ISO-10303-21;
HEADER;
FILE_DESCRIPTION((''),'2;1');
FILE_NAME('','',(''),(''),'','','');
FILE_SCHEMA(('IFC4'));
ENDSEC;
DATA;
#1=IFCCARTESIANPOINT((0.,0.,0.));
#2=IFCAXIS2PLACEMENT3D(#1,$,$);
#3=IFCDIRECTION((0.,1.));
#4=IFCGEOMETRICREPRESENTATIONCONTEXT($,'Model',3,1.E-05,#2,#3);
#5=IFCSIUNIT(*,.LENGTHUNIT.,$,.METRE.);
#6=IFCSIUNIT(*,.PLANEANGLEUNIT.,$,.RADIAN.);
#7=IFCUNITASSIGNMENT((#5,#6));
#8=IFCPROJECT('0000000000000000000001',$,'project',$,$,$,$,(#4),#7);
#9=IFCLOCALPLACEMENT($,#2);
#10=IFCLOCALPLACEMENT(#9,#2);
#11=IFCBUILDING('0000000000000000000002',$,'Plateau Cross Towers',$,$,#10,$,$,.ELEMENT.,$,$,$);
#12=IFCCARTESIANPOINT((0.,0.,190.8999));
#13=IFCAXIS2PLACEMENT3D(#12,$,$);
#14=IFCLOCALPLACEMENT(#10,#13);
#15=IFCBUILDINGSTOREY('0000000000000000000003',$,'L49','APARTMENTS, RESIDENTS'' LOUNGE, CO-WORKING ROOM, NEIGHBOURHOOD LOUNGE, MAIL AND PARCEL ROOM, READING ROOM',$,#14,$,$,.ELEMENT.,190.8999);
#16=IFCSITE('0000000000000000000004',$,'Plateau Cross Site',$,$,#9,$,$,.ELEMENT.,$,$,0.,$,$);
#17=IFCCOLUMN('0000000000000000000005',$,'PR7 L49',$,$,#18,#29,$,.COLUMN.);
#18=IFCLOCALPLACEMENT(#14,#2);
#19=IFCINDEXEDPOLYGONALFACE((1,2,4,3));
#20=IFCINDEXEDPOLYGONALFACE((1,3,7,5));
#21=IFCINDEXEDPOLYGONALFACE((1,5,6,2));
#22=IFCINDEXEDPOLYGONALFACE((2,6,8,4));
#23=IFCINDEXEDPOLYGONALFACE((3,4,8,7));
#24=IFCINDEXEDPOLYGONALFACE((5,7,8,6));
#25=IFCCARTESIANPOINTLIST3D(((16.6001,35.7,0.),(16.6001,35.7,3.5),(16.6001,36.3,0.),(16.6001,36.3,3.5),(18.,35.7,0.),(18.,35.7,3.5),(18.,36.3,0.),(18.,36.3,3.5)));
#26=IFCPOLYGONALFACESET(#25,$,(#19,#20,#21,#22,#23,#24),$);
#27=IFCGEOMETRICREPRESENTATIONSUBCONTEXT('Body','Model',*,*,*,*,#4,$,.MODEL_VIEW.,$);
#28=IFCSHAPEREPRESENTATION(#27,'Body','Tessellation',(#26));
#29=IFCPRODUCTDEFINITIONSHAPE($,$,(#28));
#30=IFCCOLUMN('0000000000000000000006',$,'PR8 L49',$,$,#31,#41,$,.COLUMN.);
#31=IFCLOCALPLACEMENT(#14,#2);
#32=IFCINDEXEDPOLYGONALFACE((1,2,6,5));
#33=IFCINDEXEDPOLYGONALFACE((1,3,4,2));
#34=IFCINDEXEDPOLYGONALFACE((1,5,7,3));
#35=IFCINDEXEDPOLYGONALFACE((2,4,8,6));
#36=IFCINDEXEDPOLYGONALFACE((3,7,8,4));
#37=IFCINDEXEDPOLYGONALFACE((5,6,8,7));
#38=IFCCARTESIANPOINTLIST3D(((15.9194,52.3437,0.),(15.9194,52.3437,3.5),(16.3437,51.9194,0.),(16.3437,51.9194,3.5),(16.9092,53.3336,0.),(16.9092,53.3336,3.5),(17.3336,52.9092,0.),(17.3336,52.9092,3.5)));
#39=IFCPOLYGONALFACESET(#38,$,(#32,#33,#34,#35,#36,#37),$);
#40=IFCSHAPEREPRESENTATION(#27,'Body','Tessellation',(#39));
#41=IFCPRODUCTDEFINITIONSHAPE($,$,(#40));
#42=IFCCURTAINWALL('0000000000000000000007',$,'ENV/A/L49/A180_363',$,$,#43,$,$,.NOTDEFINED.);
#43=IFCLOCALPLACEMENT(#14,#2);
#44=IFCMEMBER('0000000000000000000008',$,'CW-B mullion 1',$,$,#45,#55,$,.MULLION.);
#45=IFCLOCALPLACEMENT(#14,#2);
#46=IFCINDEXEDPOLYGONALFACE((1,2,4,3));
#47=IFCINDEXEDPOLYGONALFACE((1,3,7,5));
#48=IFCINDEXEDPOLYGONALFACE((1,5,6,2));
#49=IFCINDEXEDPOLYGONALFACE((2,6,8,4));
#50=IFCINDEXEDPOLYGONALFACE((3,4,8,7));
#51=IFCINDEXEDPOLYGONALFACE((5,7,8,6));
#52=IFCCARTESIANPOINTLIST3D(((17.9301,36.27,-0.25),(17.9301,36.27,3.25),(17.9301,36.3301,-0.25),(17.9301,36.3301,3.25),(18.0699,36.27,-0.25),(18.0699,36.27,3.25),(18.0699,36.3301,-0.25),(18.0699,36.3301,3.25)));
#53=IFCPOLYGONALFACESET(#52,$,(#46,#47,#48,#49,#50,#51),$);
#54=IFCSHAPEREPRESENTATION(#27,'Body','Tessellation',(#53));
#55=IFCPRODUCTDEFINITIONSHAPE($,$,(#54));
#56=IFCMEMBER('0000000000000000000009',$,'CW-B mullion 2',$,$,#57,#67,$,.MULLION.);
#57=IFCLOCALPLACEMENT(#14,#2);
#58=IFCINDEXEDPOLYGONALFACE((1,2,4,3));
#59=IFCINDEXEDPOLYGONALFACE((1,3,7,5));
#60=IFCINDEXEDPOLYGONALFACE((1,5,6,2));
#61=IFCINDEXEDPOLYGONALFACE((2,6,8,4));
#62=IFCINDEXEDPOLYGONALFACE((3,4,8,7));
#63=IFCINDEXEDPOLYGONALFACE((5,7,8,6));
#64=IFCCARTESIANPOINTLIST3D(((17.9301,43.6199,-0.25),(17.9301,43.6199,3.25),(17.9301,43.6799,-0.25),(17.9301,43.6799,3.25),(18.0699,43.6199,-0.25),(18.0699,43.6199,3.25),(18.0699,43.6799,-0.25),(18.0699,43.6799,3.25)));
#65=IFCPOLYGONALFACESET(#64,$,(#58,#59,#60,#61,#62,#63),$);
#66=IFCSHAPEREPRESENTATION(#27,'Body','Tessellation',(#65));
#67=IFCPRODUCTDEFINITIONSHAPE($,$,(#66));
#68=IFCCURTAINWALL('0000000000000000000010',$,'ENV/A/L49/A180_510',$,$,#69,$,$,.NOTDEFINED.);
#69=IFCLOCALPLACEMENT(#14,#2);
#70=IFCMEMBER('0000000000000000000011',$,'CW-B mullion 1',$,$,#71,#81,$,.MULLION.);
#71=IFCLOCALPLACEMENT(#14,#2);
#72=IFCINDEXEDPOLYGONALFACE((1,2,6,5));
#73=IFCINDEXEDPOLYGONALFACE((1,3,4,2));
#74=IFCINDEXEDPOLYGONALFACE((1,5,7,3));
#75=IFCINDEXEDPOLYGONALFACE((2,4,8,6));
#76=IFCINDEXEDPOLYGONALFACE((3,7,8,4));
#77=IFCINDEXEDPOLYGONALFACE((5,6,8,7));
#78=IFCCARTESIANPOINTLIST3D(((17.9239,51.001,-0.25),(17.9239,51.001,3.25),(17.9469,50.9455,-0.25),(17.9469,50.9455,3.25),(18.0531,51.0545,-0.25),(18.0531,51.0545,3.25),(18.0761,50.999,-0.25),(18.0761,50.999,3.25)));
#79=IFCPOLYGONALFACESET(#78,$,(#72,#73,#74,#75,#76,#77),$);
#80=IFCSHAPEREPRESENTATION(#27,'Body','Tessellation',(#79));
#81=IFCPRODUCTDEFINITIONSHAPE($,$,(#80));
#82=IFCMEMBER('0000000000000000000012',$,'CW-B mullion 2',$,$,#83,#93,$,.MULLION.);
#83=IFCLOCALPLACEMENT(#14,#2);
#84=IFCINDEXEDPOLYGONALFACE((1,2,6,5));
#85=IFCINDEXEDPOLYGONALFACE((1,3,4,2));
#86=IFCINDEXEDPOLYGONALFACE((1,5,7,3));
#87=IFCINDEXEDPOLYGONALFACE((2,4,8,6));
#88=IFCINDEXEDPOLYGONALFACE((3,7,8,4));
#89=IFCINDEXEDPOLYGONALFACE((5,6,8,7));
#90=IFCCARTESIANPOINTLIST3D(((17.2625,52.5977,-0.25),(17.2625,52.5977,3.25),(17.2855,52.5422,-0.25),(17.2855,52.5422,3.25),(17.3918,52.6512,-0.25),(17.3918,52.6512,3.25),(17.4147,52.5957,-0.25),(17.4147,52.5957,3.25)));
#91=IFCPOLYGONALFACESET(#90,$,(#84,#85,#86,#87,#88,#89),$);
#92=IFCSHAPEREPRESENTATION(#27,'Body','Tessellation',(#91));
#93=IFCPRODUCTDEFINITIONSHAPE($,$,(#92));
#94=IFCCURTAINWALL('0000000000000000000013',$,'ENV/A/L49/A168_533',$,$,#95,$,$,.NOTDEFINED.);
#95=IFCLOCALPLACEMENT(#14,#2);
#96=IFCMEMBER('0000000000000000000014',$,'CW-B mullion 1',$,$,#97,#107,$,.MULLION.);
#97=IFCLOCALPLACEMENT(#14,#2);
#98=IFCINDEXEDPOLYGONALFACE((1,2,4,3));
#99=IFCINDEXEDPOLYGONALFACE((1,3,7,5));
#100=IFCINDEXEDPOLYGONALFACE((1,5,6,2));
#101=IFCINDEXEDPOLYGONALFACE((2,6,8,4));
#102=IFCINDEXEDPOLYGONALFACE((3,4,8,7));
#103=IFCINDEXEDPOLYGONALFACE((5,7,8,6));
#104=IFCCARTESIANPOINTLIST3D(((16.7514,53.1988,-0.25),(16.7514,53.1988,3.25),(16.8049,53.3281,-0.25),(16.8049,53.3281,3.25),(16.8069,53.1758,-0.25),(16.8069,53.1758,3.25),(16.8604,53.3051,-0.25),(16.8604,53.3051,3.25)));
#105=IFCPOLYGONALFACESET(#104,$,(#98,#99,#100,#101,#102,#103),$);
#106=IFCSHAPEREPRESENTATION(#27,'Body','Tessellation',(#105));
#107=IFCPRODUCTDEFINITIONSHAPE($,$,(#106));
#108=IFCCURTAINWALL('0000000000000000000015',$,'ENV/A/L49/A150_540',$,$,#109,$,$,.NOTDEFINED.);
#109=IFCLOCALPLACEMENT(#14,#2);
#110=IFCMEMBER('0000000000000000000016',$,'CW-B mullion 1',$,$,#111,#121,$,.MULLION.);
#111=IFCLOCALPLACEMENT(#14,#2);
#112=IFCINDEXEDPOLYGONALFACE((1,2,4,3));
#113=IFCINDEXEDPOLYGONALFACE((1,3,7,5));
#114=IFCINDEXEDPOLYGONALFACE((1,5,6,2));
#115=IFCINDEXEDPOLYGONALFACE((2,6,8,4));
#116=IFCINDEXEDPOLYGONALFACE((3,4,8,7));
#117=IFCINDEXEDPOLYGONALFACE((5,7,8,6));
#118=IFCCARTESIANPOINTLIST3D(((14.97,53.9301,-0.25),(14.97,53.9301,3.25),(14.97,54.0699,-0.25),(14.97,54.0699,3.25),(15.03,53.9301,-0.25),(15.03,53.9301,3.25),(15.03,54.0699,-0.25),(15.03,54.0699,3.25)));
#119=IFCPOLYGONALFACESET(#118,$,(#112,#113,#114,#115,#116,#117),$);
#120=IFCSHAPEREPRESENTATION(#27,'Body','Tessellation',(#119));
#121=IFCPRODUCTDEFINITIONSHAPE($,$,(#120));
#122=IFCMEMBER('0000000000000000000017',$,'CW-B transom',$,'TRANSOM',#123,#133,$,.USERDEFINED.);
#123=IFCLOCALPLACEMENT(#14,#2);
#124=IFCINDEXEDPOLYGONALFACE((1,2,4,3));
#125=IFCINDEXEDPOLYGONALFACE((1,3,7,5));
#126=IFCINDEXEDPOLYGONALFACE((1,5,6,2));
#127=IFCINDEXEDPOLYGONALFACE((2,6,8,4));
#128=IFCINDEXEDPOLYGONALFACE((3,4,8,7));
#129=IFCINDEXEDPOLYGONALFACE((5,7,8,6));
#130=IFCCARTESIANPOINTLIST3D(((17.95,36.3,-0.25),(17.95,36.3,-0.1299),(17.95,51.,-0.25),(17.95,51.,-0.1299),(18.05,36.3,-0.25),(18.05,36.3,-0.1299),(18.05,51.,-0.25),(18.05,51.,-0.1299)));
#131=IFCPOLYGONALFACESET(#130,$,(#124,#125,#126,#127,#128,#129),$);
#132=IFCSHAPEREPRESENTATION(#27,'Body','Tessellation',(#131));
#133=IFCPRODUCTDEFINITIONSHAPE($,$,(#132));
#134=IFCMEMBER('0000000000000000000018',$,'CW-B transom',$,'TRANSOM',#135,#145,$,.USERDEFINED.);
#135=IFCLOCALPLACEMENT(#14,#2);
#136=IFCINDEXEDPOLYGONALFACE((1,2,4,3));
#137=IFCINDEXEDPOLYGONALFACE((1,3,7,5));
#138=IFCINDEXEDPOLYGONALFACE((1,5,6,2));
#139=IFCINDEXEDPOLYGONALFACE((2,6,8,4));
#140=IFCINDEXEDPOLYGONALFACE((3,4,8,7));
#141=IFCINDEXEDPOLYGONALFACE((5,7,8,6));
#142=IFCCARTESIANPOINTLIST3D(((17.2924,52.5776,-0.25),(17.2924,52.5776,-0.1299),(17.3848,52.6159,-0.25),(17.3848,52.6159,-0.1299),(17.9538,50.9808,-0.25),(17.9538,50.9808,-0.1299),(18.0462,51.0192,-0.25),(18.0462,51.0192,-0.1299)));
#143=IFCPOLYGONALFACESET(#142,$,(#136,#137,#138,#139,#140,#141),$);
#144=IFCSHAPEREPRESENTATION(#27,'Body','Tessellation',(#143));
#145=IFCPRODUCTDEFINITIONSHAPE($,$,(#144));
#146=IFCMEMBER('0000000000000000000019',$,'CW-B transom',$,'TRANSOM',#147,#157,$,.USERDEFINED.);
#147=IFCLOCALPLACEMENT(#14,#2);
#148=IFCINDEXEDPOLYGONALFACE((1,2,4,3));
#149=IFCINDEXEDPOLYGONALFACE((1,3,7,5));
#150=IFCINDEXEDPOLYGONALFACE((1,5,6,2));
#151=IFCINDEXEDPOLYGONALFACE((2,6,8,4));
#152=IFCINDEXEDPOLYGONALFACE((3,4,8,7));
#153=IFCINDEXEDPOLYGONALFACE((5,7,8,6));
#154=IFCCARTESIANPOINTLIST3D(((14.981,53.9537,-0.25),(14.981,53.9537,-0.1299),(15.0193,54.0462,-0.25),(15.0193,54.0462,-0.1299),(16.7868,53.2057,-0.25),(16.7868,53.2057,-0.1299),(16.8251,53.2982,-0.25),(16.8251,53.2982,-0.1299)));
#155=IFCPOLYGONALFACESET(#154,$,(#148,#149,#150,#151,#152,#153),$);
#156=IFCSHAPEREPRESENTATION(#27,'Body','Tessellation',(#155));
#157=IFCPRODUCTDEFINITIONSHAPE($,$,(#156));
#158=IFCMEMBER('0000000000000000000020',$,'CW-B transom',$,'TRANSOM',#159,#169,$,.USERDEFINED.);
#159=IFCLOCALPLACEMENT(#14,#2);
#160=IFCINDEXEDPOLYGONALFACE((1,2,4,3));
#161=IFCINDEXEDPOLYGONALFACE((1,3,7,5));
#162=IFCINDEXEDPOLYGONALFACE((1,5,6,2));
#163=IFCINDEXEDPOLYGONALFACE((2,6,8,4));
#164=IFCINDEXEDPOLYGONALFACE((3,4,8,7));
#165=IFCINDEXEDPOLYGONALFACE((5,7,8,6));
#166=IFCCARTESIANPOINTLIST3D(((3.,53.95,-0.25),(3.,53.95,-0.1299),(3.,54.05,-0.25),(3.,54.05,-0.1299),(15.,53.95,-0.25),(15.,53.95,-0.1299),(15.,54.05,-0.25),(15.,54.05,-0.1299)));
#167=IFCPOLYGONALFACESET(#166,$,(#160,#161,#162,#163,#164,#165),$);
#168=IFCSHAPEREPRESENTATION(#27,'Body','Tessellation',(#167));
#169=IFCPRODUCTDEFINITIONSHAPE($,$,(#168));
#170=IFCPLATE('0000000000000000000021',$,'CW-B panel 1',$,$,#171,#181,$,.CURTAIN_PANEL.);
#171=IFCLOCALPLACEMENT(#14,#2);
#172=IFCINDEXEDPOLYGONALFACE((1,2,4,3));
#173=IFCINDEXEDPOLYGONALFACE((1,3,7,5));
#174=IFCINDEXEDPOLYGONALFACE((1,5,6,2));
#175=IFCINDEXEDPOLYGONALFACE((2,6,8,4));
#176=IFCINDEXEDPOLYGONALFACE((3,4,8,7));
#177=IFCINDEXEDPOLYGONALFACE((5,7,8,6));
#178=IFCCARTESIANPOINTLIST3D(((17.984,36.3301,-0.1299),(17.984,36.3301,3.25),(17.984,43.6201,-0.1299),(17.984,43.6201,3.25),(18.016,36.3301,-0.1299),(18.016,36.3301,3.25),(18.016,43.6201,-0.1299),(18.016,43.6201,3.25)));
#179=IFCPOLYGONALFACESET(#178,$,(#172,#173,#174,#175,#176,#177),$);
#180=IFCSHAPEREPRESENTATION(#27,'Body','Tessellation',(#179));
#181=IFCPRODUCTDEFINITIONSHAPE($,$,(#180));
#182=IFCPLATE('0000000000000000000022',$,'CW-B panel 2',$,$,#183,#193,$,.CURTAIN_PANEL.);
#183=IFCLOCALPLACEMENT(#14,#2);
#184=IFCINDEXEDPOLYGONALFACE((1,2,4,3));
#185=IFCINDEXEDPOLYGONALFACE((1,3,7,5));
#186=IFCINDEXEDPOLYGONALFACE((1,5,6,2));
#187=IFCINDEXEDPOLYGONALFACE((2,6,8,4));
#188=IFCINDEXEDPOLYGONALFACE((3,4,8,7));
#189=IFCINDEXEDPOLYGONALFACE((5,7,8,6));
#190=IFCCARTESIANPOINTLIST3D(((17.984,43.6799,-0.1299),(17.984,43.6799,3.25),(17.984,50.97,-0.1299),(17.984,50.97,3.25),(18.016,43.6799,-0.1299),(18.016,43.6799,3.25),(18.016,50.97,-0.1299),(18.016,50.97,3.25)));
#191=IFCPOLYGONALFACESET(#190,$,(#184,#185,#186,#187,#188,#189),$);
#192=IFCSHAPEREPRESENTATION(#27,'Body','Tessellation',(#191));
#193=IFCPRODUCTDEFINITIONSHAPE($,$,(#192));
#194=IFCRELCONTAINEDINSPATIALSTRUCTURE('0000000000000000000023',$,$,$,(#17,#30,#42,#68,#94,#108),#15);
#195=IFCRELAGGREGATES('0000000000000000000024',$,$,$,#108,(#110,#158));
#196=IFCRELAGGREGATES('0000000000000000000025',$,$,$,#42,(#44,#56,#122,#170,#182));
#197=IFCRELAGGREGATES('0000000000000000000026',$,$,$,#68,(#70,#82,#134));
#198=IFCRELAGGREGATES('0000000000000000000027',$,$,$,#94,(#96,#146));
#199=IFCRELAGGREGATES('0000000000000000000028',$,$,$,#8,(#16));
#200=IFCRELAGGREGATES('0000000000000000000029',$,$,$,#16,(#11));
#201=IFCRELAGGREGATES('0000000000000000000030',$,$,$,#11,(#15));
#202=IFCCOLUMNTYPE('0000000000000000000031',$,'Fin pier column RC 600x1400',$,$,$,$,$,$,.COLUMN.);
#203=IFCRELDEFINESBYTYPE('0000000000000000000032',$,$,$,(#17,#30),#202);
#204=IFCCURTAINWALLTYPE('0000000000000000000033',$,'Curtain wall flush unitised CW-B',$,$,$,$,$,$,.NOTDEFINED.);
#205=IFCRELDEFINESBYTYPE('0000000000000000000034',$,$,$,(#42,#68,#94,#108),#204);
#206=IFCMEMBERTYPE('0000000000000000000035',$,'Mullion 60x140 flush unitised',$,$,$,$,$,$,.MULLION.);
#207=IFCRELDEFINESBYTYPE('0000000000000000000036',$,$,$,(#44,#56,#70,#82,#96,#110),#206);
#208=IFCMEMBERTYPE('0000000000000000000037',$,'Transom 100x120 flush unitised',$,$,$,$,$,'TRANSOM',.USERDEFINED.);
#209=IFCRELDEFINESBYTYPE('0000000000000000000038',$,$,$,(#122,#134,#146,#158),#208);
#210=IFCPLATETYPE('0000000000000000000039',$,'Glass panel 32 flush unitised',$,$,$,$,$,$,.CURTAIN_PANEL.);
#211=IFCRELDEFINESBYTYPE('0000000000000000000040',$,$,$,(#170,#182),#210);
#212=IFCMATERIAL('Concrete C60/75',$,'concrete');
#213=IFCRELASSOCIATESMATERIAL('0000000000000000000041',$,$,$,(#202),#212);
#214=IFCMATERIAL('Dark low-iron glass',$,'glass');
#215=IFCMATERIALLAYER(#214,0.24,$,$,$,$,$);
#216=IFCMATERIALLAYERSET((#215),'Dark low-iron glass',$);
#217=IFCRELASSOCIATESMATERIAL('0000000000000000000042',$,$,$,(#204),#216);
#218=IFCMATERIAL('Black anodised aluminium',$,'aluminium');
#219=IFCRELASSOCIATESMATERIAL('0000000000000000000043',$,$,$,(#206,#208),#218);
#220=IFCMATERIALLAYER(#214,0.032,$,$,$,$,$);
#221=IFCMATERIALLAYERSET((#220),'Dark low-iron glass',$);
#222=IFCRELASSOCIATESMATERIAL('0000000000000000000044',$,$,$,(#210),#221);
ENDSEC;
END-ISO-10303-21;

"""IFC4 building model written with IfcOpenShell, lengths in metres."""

from ifc_helpers import new_model, si_unit, direction, frame, origin, origin_2d, place, context, subcontext, project, spatial, rectangle, extrude, material, layer, layer_set, material_profile, profile_set, type_object, element, aggregate, save


model = new_model("IFC4")

# Units and contexts
model_context = context("Model", 3, precision=1e-05, world=origin(), true_north=direction((0.0, 1.0)))
body_context = subcontext(model_context, "Body", "Model", "MODEL_VIEW")
ifc_project = project(units=[si_unit("LENGTHUNIT", "METRE"), si_unit("PLANEANGLEUNIT", "RADIAN")], contexts=[model_context])

# Site, building, storey
site_placement = place(None, origin())
site = spatial("IfcSite", under=ifc_project, at=site_placement, Name="Plateau Cross Site", CompositionType="ELEMENT", RefElevation=0.0)
building_placement = place(site_placement, origin())
building = spatial("IfcBuilding", under=site, at=building_placement, Name="Plateau Cross Towers", CompositionType="ELEMENT")
storey_placement = place(building_placement, frame((0.0, 0.0, 190.8999)))
storey = spatial("IfcBuildingStorey", under=building, at=storey_placement, Name="L49", Description="APARTMENTS, RESIDENTS' LOUNGE, CO-WORKING ROOM, NEIGHBOURHOOD LOUNGE, MAIL AND PARCEL ROOM, READING ROOM", CompositionType="ELEMENT", Elevation=190.8999)

# Columns
ifc_material_1 = material(Name="Concrete C60/75", Category="concrete")
ifc_material_profile_1 = material_profile(ifc_material_1, rectangle(XDim=0.6001, YDim=1.3999, at=origin_2d()), Name="RC 600x1400")
ifc_profile_set_1 = profile_set([ifc_material_profile_1], Name="Concrete C60/75")
column_type = type_object("IfcColumnType", Name="Fin pier column RC 600x1400", PredefinedType="COLUMN", material=ifc_profile_set_1)
for number, where, z_axis, x_axis, name in (
    (1, (17.3, 36.0, 0.0), (0.0, 0.0, 1.0), (0.0, 1.0, 0.0), "PR7 L49"),
    (2, (16.6265, 52.6265, 0.0), (0.0, 0.0, 1.0), (-0.707107, 0.707107, 0.0), "PR8 L49"),
):
    element("IfcColumn", number, at=place(storey_placement, frame(where, z_axis=z_axis, x_axis=x_axis)), inside=storey, type_object=column_type, Name=name, PredefinedType="COLUMN", context=body_context, shape_type="SweptSolid", body=[
        extrude(rectangle(XDim=0.6001, YDim=1.3999, at=origin_2d()), origin(), (0.0, 0.0, 1.0), 3.5),
    ])

# Curtain walls, members
ifc_material_2 = material(Name="Dark low-iron glass", Category="glass")
ifc_layer_1 = layer(ifc_material_2, 0.24)
ifc_layer_set_1 = layer_set([ifc_layer_1], Name="Dark low-iron glass")
curtain_wall_type = type_object("IfcCurtainWallType", Name="Curtain wall flush unitised CW-B", PredefinedType="NOTDEFINED", material=ifc_layer_set_1)
curtain_wall_1_placement = place(storey_placement, origin())
curtain_wall_1 = element("IfcCurtainWall", 3, at=curtain_wall_1_placement, inside=storey, type_object=curtain_wall_type, Name="ENV/A/L49/A180_363", PredefinedType="NOTDEFINED")
ifc_material_3 = material(Name="Black anodised aluminium", Category="aluminium")
ifc_material_profile_2 = material_profile(ifc_material_3, rectangle(XDim=0.0601, YDim=0.1399, at=origin_2d()), Name="MULLION 60x140")
ifc_profile_set_2 = profile_set([ifc_material_profile_2], Name="Black anodised aluminium")
member_type_1 = type_object("IfcMemberType", Name="Mullion 60x140 flush unitised", PredefinedType="MULLION", material=ifc_profile_set_2)
member_1_placement = place(storey_placement, frame((18.0, 36.3, -0.25), z_axis=(0.0, 0.0, 1.0), x_axis=(0.0, 1.0, 0.0)))
member_1 = element("IfcMember", 4, at=member_1_placement, type_object=member_type_1, Name="CW-B mullion 1", PredefinedType="MULLION", context=body_context, shape_type="SweptSolid", body=[
    extrude(rectangle(XDim=0.0601, YDim=0.1399, at=origin_2d()), origin(), (0.0, 0.0, 1.0), 3.5),
])
member_2_placement = place(storey_placement, frame((18.0, 43.6499, -0.25), z_axis=(0.0, 0.0, 1.0), x_axis=(0.0, 1.0, 0.0)))
member_2 = element("IfcMember", 5, at=member_2_placement, type_object=member_type_1, Name="CW-B mullion 2", PredefinedType="MULLION", context=body_context, shape_type="SweptSolid", body=[
    extrude(rectangle(XDim=0.0601, YDim=0.1399, at=origin_2d()), origin(), (0.0, 0.0, 1.0), 3.5),
])
curtain_wall_2_placement = place(storey_placement, origin())
curtain_wall_2 = element("IfcCurtainWall", 6, at=curtain_wall_2_placement, inside=storey, type_object=curtain_wall_type, Name="ENV/A/L49/A180_510", PredefinedType="NOTDEFINED")
member_3_placement = place(storey_placement, frame((18.0, 51.0, -0.25), z_axis=(0.0, 0.0, 1.0), x_axis=(-0.382684, 0.923879, 0.0)))
member_3 = element("IfcMember", 7, at=member_3_placement, type_object=member_type_1, Name="CW-B mullion 1", PredefinedType="MULLION", context=body_context, shape_type="SweptSolid", body=[
    extrude(rectangle(XDim=0.0601, YDim=0.1399, at=origin_2d()), origin(), (0.0, 0.0, 1.0), 3.5),
])
member_4_placement = place(storey_placement, frame((17.3386, 52.5967, -0.25), z_axis=(0.0, 0.0, 1.0), x_axis=(-0.382684, 0.923879, 0.0)))
member_4 = element("IfcMember", 8, at=member_4_placement, type_object=member_type_1, Name="CW-B mullion 2", PredefinedType="MULLION", context=body_context, shape_type="SweptSolid", body=[
    extrude(rectangle(XDim=0.0601, YDim=0.1399, at=origin_2d()), origin(), (0.0, 0.0, 1.0), 3.5),
])

# Curtain walls, members
curtain_wall_3_placement = place(storey_placement, origin())
curtain_wall_3 = element("IfcCurtainWall", 9, at=curtain_wall_3_placement, inside=storey, type_object=curtain_wall_type, Name="ENV/A/L49/A168_533", PredefinedType="NOTDEFINED")
member_5_placement = place(storey_placement, frame((16.8059, 53.252, -0.25), z_axis=(0.0, 0.0, 1.0), x_axis=(-0.923879, 0.382684, 0.0)))
member_5 = element("IfcMember", 10, at=member_5_placement, type_object=member_type_1, Name="CW-B mullion 1", PredefinedType="MULLION", context=body_context, shape_type="SweptSolid", body=[
    extrude(rectangle(XDim=0.0601, YDim=0.1399, at=origin_2d()), origin(), (0.0, 0.0, 1.0), 3.5),
])
curtain_wall_4_placement = place(storey_placement, origin())
curtain_wall_4 = element("IfcCurtainWall", 11, at=curtain_wall_4_placement, inside=storey, type_object=curtain_wall_type, Name="ENV/A/L49/A150_540", PredefinedType="NOTDEFINED")
member_6_placement = place(storey_placement, frame((15.0, 54.0, -0.25), z_axis=(0.0, 0.0, 1.0), x_axis=(-1.0, 0.0, 0.0)))
member_6 = element("IfcMember", 12, at=member_6_placement, type_object=member_type_1, Name="CW-B mullion 1", PredefinedType="MULLION", context=body_context, shape_type="SweptSolid", body=[
    extrude(rectangle(XDim=0.0601, YDim=0.1399, at=origin_2d()), origin(), (0.0, 0.0, 1.0), 3.5),
])

# Members
ifc_material_profile_3 = material_profile(ifc_material_3, rectangle(XDim=0.1001, YDim=0.1201, at=origin_2d()), Name="TRANSOM 100x120")
ifc_profile_set_3 = profile_set([ifc_material_profile_3], Name="Black anodised aluminium")
member_type_2 = type_object("IfcMemberType", Name="Transom 100x120 flush unitised", ElementType="TRANSOM", PredefinedType="USERDEFINED", material=ifc_profile_set_3)
member_7_placement = place(storey_placement, frame((18.0, 36.3, -0.1899), z_axis=(0.0, 1.0, 0.0), x_axis=(-1.0, 0.0, 0.0)))
member_7 = element("IfcMember", 13, at=member_7_placement, type_object=member_type_2, Name="CW-B transom", ObjectType="TRANSOM", PredefinedType="USERDEFINED", context=body_context, shape_type="SweptSolid", body=[
    extrude(rectangle(XDim=0.1001, YDim=0.1201, at=origin_2d()), origin(), (0.0, 0.0, 1.0), 14.7),
])
member_8_placement = place(storey_placement, frame((18.0, 51.0, -0.1899), z_axis=(-0.382689, 0.923877, 0.0), x_axis=(-0.923877, -0.382689, 0.0)))
member_8 = element("IfcMember", 14, at=member_8_placement, type_object=member_type_2, Name="CW-B transom", ObjectType="TRANSOM", PredefinedType="USERDEFINED", context=body_context, shape_type="SweptSolid", body=[
    extrude(rectangle(XDim=0.1001, YDim=0.1201, at=origin_2d()), origin(), (0.0, 0.0, 1.0), 1.7283),
])
member_9_placement = place(storey_placement, frame((16.8059, 53.252, -0.1899), z_axis=(-0.923877, 0.38269, 0.0), x_axis=(-0.38269, -0.923877, 0.0)))
member_9 = element("IfcMember", 15, at=member_9_placement, type_object=member_type_2, Name="CW-B transom", ObjectType="TRANSOM", PredefinedType="USERDEFINED", context=body_context, shape_type="SweptSolid", body=[
    extrude(rectangle(XDim=0.1001, YDim=0.1201, at=origin_2d()), origin(), (0.0, 0.0, 1.0), 1.9546),
])
member_10_placement = place(storey_placement, frame((15.0, 54.0, -0.1899), z_axis=(-1.0, 0.0, 0.0), x_axis=(0.0, -1.0, 0.0)))
member_10 = element("IfcMember", 16, at=member_10_placement, type_object=member_type_2, Name="CW-B transom", ObjectType="TRANSOM", PredefinedType="USERDEFINED", context=body_context, shape_type="SweptSolid", body=[
    extrude(rectangle(XDim=0.1001, YDim=0.1201, at=origin_2d()), origin(), (0.0, 0.0, 1.0), 12.0),
])
aggregate(curtain_wall_4, [member_6, member_10])

# Plates
ifc_layer_2 = layer(ifc_material_2, 0.032)
ifc_layer_set_2 = layer_set([ifc_layer_2], Name="Dark low-iron glass")
plate_type = type_object("IfcPlateType", Name="Glass panel 32 flush unitised", PredefinedType="CURTAIN_PANEL", material=ifc_layer_set_2)
plate_1_placement = place(storey_placement, frame((18.0, 39.9751, -0.1299), z_axis=(0.0, 0.0, 1.0), x_axis=(0.0, 1.0, 0.0)))
plate_1 = element("IfcPlate", 17, at=plate_1_placement, type_object=plate_type, Name="CW-B panel 1", PredefinedType="CURTAIN_PANEL", context=body_context, shape_type="SweptSolid", body=[
    extrude(rectangle(XDim=7.29, YDim=0.032, at=origin_2d()), origin(), (0.0, 0.0, 1.0), 3.3799),
])
plate_2_placement = place(storey_placement, frame((18.0, 47.325, -0.1299), z_axis=(0.0, 0.0, 1.0), x_axis=(0.0, 1.0, 0.0)))
plate_2 = element("IfcPlate", 18, at=plate_2_placement, type_object=plate_type, Name="CW-B panel 2", PredefinedType="CURTAIN_PANEL", context=body_context, shape_type="SweptSolid", body=[
    extrude(rectangle(XDim=7.29, YDim=0.032, at=origin_2d()), origin(), (0.0, 0.0, 1.0), 3.3799),
])
aggregate(curtain_wall_1, [member_1, member_2, member_7, plate_1, plate_2])
aggregate(curtain_wall_2, [member_3, member_4, member_8])
aggregate(curtain_wall_3, [member_5, member_9])

save(model, "model.ifc")
